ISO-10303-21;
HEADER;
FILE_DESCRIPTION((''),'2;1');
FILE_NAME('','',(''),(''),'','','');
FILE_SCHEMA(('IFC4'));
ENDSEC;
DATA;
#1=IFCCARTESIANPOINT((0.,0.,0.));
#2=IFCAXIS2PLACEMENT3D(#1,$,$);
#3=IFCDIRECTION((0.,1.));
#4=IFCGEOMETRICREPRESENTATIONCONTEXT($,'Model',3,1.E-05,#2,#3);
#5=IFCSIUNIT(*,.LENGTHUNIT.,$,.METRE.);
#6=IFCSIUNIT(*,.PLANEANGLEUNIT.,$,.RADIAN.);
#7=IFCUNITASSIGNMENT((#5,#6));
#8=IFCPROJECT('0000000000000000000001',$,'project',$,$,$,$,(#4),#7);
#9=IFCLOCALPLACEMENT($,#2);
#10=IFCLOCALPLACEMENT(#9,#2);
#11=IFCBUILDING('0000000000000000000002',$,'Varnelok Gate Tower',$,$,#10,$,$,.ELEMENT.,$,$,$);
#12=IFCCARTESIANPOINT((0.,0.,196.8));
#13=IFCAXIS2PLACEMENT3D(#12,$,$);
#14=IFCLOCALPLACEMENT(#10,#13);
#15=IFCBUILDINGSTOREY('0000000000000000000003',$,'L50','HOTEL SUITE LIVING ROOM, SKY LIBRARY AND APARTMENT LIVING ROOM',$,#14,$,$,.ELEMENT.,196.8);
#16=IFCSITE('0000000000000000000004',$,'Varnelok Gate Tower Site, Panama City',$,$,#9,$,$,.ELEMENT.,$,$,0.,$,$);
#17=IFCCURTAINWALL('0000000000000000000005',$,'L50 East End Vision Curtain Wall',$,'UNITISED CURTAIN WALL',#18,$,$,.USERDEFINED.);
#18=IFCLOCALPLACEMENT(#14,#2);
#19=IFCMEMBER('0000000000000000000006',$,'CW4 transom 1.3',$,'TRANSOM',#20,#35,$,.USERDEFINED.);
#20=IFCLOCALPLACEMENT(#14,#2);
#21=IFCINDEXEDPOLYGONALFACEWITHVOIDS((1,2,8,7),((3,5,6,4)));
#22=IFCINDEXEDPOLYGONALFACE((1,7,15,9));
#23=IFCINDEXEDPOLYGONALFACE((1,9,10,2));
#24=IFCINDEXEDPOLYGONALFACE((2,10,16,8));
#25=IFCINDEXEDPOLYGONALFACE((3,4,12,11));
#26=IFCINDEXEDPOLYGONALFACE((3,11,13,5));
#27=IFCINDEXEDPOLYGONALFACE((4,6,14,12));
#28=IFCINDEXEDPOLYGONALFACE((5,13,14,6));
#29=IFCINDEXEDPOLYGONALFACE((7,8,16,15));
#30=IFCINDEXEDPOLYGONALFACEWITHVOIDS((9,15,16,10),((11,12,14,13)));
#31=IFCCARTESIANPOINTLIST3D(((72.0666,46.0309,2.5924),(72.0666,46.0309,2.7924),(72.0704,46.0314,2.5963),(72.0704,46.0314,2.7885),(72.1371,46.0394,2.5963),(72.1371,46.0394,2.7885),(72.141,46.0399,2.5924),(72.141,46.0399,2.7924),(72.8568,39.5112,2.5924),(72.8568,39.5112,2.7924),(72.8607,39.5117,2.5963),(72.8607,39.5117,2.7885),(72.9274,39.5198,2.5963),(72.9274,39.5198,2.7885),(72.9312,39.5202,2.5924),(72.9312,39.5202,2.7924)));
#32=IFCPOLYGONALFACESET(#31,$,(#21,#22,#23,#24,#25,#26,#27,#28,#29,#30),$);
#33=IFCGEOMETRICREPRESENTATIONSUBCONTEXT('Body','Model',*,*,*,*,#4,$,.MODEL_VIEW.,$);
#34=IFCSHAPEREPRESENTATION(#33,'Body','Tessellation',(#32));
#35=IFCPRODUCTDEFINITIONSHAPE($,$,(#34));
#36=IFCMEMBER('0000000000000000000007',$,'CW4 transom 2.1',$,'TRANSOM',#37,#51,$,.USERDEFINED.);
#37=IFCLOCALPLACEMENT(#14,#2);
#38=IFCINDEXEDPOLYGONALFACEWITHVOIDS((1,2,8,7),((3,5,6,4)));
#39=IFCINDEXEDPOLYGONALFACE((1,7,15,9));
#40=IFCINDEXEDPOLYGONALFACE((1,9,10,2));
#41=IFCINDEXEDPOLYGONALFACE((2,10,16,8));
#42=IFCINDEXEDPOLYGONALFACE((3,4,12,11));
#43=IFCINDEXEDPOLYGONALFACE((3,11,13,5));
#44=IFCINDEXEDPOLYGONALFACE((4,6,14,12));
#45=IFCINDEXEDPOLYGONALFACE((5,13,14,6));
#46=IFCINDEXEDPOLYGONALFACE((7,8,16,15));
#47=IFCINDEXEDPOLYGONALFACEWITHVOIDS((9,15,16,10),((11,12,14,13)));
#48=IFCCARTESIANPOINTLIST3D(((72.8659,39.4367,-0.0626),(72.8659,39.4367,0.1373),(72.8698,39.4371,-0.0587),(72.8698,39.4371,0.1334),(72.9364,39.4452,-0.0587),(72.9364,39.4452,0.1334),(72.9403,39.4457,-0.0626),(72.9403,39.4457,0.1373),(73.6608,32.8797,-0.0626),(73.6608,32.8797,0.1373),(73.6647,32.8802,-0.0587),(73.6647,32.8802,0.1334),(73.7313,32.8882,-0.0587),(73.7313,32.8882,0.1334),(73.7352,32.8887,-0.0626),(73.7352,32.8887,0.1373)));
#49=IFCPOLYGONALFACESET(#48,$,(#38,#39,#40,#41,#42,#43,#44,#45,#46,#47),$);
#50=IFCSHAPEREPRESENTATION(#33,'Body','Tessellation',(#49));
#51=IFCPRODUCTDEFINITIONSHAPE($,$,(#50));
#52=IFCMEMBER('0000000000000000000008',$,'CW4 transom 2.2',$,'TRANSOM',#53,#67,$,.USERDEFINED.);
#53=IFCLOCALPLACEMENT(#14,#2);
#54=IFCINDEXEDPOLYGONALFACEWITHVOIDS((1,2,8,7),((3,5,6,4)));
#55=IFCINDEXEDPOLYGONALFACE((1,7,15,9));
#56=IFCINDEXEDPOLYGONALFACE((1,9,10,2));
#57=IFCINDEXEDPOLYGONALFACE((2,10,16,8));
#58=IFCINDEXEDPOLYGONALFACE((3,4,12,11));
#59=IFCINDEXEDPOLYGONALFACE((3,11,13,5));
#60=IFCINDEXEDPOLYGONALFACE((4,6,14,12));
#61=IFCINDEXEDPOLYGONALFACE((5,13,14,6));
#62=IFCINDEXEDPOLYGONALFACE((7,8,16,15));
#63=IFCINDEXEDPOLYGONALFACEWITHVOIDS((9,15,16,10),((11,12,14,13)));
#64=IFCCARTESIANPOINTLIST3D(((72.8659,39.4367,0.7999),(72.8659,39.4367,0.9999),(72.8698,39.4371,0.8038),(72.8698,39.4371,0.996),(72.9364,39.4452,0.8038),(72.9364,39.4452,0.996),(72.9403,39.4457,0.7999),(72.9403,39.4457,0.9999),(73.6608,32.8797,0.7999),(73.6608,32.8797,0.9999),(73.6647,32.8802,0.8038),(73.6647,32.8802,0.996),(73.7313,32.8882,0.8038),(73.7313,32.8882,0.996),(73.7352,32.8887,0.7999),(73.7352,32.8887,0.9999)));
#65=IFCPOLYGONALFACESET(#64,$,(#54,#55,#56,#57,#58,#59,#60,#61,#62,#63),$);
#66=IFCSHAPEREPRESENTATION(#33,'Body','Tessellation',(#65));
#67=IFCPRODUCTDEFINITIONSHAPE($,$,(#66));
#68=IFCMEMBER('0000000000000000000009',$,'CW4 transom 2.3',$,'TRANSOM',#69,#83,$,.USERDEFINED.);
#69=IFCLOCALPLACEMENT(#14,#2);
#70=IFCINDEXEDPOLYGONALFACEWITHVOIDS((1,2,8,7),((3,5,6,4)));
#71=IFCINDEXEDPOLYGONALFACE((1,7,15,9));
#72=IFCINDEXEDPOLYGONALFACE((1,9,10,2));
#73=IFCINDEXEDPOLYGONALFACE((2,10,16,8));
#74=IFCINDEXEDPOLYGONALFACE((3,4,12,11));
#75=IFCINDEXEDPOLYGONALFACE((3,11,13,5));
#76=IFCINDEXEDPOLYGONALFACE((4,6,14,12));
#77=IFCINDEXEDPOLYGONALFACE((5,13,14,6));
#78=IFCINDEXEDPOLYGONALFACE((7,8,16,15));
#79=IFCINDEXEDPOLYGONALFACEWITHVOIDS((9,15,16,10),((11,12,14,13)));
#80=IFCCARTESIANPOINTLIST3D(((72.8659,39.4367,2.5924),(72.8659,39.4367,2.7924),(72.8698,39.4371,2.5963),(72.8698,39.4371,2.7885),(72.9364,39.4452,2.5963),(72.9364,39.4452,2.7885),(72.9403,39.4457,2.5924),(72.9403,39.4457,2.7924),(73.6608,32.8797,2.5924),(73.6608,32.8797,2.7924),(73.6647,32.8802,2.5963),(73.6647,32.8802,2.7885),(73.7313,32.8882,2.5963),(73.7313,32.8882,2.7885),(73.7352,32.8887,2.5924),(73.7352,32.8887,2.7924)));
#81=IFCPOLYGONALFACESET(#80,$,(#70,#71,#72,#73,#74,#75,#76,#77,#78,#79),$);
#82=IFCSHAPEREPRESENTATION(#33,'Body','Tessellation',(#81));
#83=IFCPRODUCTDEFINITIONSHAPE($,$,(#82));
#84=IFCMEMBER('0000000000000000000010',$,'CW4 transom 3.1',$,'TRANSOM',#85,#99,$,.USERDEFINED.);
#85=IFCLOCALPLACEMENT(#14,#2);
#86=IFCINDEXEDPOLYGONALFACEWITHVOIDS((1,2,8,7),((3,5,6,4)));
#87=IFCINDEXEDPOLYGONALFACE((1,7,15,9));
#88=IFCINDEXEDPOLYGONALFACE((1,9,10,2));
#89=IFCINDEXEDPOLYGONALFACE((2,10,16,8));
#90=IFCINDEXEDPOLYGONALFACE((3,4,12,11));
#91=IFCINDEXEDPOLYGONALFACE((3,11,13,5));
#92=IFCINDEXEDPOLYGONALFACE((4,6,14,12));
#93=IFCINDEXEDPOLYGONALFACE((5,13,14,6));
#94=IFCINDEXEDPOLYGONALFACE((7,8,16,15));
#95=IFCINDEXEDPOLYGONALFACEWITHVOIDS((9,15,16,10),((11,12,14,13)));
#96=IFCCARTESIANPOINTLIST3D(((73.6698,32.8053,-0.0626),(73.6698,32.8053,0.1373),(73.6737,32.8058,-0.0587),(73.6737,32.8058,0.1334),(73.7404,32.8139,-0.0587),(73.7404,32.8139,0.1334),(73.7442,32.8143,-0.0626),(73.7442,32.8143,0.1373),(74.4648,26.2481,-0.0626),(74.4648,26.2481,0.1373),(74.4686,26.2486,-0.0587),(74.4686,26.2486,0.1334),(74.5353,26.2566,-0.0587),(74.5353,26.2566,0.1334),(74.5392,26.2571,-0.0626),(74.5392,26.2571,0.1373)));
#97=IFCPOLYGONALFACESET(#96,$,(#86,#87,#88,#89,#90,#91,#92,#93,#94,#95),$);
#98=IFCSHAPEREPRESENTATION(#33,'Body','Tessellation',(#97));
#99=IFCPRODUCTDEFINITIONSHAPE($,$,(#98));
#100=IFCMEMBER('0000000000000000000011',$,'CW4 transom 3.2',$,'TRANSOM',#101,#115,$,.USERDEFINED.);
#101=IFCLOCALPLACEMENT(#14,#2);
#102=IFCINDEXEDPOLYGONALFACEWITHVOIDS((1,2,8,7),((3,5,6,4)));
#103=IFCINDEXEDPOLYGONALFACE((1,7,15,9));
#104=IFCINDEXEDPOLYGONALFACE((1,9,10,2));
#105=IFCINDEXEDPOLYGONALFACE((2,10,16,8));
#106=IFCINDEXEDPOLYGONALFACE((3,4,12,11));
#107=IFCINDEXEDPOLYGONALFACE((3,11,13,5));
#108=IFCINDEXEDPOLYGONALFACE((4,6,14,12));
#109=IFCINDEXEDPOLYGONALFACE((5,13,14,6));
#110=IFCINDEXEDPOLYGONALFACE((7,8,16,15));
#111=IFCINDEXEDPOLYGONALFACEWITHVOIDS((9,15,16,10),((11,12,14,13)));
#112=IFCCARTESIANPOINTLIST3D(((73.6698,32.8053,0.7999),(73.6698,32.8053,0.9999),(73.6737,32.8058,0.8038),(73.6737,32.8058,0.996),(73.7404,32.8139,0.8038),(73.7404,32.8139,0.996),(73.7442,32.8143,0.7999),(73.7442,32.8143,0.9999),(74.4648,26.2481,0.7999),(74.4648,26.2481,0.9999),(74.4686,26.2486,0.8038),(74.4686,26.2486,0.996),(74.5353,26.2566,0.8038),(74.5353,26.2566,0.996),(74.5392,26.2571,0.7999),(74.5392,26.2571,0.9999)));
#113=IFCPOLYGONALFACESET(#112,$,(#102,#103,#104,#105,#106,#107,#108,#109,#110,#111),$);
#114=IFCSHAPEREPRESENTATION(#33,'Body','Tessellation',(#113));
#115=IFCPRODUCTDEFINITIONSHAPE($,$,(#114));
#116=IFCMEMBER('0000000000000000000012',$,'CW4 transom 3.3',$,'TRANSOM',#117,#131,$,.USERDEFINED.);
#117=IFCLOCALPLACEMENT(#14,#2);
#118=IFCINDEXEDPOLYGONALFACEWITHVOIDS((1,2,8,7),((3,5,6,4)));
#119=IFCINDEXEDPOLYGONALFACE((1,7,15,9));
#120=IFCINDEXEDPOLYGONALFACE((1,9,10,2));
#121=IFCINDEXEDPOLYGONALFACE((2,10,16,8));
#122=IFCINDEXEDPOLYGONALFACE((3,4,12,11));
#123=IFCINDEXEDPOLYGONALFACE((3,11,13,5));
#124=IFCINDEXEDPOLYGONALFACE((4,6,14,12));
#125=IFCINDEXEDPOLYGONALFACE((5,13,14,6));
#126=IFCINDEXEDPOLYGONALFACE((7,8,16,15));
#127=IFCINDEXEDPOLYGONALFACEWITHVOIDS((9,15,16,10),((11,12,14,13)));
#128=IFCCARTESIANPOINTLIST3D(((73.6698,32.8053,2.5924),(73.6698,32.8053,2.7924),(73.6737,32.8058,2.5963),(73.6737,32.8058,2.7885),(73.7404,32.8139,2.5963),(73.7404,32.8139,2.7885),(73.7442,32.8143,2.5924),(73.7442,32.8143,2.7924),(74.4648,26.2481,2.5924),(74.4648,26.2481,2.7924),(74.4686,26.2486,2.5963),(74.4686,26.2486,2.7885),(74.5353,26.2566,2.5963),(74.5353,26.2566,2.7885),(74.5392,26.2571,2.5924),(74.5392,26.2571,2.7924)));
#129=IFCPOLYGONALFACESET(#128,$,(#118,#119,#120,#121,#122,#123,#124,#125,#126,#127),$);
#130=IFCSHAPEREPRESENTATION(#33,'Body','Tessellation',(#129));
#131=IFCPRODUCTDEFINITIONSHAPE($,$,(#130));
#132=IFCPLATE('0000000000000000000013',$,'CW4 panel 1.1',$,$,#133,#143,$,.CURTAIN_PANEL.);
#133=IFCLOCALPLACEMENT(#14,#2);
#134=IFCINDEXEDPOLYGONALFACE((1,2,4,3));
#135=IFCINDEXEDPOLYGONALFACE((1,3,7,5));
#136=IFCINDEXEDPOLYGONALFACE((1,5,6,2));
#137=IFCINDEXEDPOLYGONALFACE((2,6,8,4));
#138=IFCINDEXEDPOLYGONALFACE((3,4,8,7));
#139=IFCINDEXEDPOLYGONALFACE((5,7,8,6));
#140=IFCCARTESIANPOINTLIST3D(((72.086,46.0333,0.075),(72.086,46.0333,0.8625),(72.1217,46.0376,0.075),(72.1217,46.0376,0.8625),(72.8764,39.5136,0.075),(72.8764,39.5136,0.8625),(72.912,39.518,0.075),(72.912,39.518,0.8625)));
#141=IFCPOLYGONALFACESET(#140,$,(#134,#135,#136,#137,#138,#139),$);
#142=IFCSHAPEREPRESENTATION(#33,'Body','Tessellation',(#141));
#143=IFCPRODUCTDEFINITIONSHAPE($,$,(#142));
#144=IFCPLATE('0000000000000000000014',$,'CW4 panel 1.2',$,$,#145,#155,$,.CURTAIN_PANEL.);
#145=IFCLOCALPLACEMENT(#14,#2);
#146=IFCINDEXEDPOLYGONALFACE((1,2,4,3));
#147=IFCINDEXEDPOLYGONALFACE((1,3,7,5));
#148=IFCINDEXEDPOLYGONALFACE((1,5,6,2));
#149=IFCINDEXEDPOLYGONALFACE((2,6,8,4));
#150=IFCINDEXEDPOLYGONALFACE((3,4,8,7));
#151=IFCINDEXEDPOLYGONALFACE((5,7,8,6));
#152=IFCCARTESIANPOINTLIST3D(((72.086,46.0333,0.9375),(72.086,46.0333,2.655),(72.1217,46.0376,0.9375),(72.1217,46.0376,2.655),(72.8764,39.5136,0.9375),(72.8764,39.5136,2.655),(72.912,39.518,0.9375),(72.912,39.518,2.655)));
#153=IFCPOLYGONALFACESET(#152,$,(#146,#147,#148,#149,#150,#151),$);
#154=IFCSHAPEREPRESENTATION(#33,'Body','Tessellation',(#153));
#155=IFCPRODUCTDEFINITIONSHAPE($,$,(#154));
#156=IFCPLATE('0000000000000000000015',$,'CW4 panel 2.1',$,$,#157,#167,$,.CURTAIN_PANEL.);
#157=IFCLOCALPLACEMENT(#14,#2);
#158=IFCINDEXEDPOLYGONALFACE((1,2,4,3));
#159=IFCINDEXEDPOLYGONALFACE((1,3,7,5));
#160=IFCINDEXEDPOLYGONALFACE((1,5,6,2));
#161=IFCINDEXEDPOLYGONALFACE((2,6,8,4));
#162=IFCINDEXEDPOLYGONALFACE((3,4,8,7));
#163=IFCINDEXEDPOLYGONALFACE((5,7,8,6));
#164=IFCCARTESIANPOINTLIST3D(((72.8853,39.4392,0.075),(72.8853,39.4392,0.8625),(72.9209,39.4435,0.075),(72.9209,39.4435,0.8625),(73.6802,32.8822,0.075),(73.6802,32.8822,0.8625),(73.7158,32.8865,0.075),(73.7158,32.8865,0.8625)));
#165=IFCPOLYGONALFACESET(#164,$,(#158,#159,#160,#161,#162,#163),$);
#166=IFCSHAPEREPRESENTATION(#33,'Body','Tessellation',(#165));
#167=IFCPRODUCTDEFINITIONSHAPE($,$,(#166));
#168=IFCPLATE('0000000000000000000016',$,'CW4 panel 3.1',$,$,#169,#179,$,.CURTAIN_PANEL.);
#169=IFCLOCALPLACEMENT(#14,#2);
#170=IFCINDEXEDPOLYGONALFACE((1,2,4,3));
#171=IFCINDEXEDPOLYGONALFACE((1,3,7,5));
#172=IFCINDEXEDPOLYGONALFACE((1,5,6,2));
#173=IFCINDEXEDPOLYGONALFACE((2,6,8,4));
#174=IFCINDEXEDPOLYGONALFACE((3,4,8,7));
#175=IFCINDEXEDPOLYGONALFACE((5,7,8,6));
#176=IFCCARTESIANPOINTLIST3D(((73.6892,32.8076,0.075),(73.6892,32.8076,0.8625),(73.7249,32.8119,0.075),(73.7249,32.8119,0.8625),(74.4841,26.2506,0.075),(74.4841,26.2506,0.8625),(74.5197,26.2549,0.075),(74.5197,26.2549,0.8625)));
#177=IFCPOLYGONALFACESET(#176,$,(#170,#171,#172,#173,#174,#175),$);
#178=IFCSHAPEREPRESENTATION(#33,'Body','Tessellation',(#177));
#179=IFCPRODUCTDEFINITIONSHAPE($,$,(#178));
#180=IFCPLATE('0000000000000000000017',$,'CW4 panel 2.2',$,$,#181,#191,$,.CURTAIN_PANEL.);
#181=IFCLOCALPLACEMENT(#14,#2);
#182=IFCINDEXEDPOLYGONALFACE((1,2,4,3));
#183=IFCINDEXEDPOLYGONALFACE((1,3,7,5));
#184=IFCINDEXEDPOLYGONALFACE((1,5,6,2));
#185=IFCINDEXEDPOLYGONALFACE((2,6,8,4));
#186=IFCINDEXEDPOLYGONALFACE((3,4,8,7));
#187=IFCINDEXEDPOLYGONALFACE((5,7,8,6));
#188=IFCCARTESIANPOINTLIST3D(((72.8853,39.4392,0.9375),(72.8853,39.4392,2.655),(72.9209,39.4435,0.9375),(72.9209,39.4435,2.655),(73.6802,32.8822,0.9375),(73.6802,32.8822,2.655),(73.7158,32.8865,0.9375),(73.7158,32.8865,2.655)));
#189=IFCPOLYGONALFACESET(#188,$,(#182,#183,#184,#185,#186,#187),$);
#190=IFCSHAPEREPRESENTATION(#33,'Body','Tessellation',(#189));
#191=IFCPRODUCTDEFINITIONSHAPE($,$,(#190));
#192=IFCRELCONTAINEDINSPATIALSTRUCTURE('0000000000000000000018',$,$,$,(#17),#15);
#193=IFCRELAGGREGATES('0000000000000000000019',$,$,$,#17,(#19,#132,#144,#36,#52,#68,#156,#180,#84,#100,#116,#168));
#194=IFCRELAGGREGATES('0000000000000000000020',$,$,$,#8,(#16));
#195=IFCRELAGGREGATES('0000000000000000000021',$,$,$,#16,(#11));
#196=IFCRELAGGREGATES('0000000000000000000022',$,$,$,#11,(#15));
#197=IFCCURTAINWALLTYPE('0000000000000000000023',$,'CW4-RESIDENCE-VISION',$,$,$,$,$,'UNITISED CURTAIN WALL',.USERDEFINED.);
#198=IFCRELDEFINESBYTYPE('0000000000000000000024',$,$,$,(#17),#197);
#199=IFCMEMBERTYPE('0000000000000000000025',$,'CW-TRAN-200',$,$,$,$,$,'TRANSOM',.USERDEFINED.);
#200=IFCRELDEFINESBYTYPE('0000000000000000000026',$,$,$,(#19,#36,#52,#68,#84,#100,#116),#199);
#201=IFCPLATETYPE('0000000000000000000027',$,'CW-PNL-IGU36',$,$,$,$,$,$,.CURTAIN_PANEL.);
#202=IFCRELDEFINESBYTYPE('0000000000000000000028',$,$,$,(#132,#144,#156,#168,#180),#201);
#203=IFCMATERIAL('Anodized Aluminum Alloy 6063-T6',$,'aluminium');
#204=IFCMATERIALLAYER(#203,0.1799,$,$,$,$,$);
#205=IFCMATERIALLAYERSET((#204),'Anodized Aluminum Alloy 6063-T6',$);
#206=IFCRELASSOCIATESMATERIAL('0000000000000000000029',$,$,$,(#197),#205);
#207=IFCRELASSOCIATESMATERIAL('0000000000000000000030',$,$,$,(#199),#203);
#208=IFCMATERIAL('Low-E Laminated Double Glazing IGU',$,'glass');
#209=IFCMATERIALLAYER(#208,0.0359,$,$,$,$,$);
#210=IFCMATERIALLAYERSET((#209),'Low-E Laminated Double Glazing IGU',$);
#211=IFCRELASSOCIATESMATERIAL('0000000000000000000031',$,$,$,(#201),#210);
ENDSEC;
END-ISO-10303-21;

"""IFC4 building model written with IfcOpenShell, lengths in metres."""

from ifc_helpers import new_model, si_unit, direction, frame, origin, origin_2d, place, context, subcontext, project, spatial, rectangle, hollow_rectangle, extrude, source, transform, mapped, material, layer, layer_set, material_profile, profile_set, type_object, element, aggregate, save


model = new_model("IFC4")

# Units and contexts
model_context = context("Model", 3, precision=1e-05, world=origin(), true_north=direction((0.0, 1.0)))
body_context = subcontext(model_context, "Body", "Model", "MODEL_VIEW")
ifc_project = project(units=[si_unit("LENGTHUNIT", "METRE"), si_unit("PLANEANGLEUNIT", "RADIAN")], contexts=[model_context])

# Site, building, storey
site_placement = place(None, origin())
site = spatial("IfcSite", under=ifc_project, at=site_placement, Name="Varnelok Gate Tower Site, Panama City", CompositionType="ELEMENT", RefElevation=0.0)
building_placement = place(site_placement, origin())
building = spatial("IfcBuilding", under=site, at=building_placement, Name="Varnelok Gate Tower", CompositionType="ELEMENT")
storey_placement = place(building_placement, frame((0.0, 0.0, 196.8)))
storey = spatial("IfcBuildingStorey", under=building, at=storey_placement, Name="L50", Description="HOTEL SUITE LIVING ROOM, SKY LIBRARY AND APARTMENT LIVING ROOM", CompositionType="ELEMENT", Elevation=196.8)

# Curtain wall, members, plates
ifc_material_1 = material(Name="Anodized Aluminum Alloy 6063-T6", Category="aluminium")
ifc_layer_1 = layer(ifc_material_1, 0.1799)
ifc_layer_set_1 = layer_set([ifc_layer_1], Name="Anodized Aluminum Alloy 6063-T6")
curtain_wall_type = type_object("IfcCurtainWallType", Name="CW4-RESIDENCE-VISION", ElementType="UNITISED CURTAIN WALL", PredefinedType="USERDEFINED", material=ifc_layer_set_1)
curtain_wall_placement = place(storey_placement, origin())
curtain_wall = element("IfcCurtainWall", 1, at=curtain_wall_placement, inside=storey, type_object=curtain_wall_type, Name="L50 East End Vision Curtain Wall", ObjectType="UNITISED CURTAIN WALL", PredefinedType="USERDEFINED")
ifc_material_profile_1 = material_profile(ifc_material_1, hollow_rectangle(XDim=0.075, YDim=0.2, WallThickness=0.0039, at=origin_2d()), Name="ALU200X75X4")
ifc_profile_set_1 = profile_set([ifc_material_profile_1], Name="Anodized Aluminum Alloy 6063-T6")
member_type_1 = type_object("IfcMemberType", Name="CW-TRAN-200", ElementType="TRANSOM", PredefinedType="USERDEFINED", material=ifc_profile_set_1)
member_1_placement = place(storey_placement, frame((72.1038, 46.0354, 2.6924), z_axis=(0.120332, -0.992734, 0.0), x_axis=(0.992734, 0.120332, 0.0)))
member_1 = element("IfcMember", 2, at=member_1_placement, type_object=member_type_1, Name="CW4 transom 1.3", ObjectType="TRANSOM", PredefinedType="USERDEFINED", context=body_context, shape_type="SweptSolid", body=[
    extrude(hollow_rectangle(XDim=0.075, YDim=0.2, WallThickness=0.0039, at=origin_2d()), origin(), (0.0, 0.0, 1.0), 6.5674),
])
member_2_placement = place(storey_placement, frame((72.9031, 39.4412, 0.0374), z_axis=(0.120353, -0.992731, 0.0), x_axis=(0.992731, 0.120353, 0.0)))
member_2 = element("IfcMember", 3, at=member_2_placement, type_object=member_type_1, Name="CW4 transom 2.1", ObjectType="TRANSOM", PredefinedType="USERDEFINED", context=body_context, shape_type="SweptSolid", body=[
    extrude(hollow_rectangle(XDim=0.075, YDim=0.2, WallThickness=0.0039, at=origin_2d()), origin(), (0.0, 0.0, 1.0), 6.605),
])
member_3_placement = place(storey_placement, frame((72.9031, 39.4412, 0.8999), z_axis=(0.120353, -0.992731, 0.0), x_axis=(0.992731, 0.120353, 0.0)))
member_3 = element("IfcMember", 4, at=member_3_placement, type_object=member_type_1, Name="CW4 transom 2.2", ObjectType="TRANSOM", PredefinedType="USERDEFINED", context=body_context, shape_type="SweptSolid", body=[
    extrude(hollow_rectangle(XDim=0.075, YDim=0.2, WallThickness=0.0039, at=origin_2d()), origin(), (0.0, 0.0, 1.0), 6.605),
])
member_4_placement = place(storey_placement, frame((72.9031, 39.4412, 2.6924), z_axis=(0.120353, -0.992731, 0.0), x_axis=(0.992731, 0.120353, 0.0)))
member_4 = element("IfcMember", 5, at=member_4_placement, type_object=member_type_1, Name="CW4 transom 2.3", ObjectType="TRANSOM", PredefinedType="USERDEFINED", context=body_context, shape_type="SweptSolid", body=[
    extrude(hollow_rectangle(XDim=0.075, YDim=0.2, WallThickness=0.0039, at=origin_2d()), origin(), (0.0, 0.0, 1.0), 6.605),
])
member_5_placement = place(storey_placement, frame((73.707, 32.8098, 0.0374), z_axis=(0.120349, -0.992732, 0.0), x_axis=(0.992732, 0.120349, 0.0)))
member_5 = element("IfcMember", 6, at=member_5_placement, type_object=member_type_1, Name="CW4 transom 3.1", ObjectType="TRANSOM", PredefinedType="USERDEFINED", context=body_context, shape_type="SweptSolid", body=[
    extrude(hollow_rectangle(XDim=0.075, YDim=0.2, WallThickness=0.0039, at=origin_2d()), origin(), (0.0, 0.0, 1.0), 6.6052),
])
member_6_placement = place(storey_placement, frame((73.707, 32.8098, 0.8999), z_axis=(0.120349, -0.992732, 0.0), x_axis=(0.992732, 0.120349, 0.0)))
member_6 = element("IfcMember", 7, at=member_6_placement, type_object=member_type_1, Name="CW4 transom 3.2", ObjectType="TRANSOM", PredefinedType="USERDEFINED", context=body_context, shape_type="SweptSolid", body=[
    extrude(hollow_rectangle(XDim=0.075, YDim=0.2, WallThickness=0.0039, at=origin_2d()), origin(), (0.0, 0.0, 1.0), 6.6052),
])
member_7_placement = place(storey_placement, frame((73.707, 32.8098, 2.6924), z_axis=(0.120349, -0.992732, 0.0), x_axis=(0.992732, 0.120349, 0.0)))
member_7 = element("IfcMember", 8, at=member_7_placement, type_object=member_type_1, Name="CW4 transom 3.3", ObjectType="TRANSOM", PredefinedType="USERDEFINED", context=body_context, shape_type="SweptSolid", body=[
    extrude(hollow_rectangle(XDim=0.075, YDim=0.2, WallThickness=0.0039, at=origin_2d()), origin(), (0.0, 0.0, 1.0), 6.6052),
])
ifc_material_2 = material(Name="Low-E Laminated Double Glazing IGU", Category="glass")
ifc_layer_2 = layer(ifc_material_2, 0.0359)
ifc_layer_set_2 = layer_set([ifc_layer_2], Name="Low-E Laminated Double Glazing IGU")
plate_type = type_object("IfcPlateType", Name="CW-PNL-IGU36", PredefinedType="CURTAIN_PANEL", material=ifc_layer_set_2)
shared_shape_1 = source(origin(), body_context, "Body", "SweptSolid", [
    extrude(rectangle(XDim=6.5674, YDim=0.0359, at=origin_2d()), origin(), (0.0, 0.0, 1.0), 0.7876),
])
plate_1_placement = place(storey_placement, frame((72.499, 42.7756, 0.075), z_axis=(0.0, 0.0, 1.0), x_axis=(0.120345, -0.992732, 0.0)))
plate_1 = element("IfcPlate", 9, at=plate_1_placement, type_object=plate_type, Name="CW4 panel 1.1", PredefinedType="CURTAIN_PANEL", context=body_context, shape_type="MappedRepresentation", body=[
    mapped(shared_shape_1, transform((0.0, 0.0, 0.0), scale=1.0)),
])
shared_shape_2 = source(origin(), body_context, "Body", "SweptSolid", [
    extrude(rectangle(XDim=6.5674, YDim=0.0359, at=origin_2d()), origin(), (0.0, 0.0, 1.0), 1.7175),
])
plate_2_placement = place(storey_placement, frame((72.499, 42.7756, 0.9375), z_axis=(0.0, 0.0, 1.0), x_axis=(0.120345, -0.992732, 0.0)))
plate_2 = element("IfcPlate", 10, at=plate_2_placement, type_object=plate_type, Name="CW4 panel 1.2", PredefinedType="CURTAIN_PANEL", context=body_context, shape_type="MappedRepresentation", body=[
    mapped(shared_shape_2, transform((0.0, 0.0, 0.0), scale=1.0)),
])
shared_shape_3 = source(origin(), body_context, "Body", "SweptSolid", [
    extrude(rectangle(XDim=6.605, YDim=0.0359, at=origin_2d()), origin(), (0.0, 0.0, 1.0), 0.7876),
])
plate_3_placement = place(storey_placement, frame((73.3005, 36.1628, 0.075), z_axis=(0.0, 0.0, 1.0), x_axis=(0.120345, -0.992732, 0.0)))
plate_3 = element("IfcPlate", 11, at=plate_3_placement, type_object=plate_type, Name="CW4 panel 2.1", PredefinedType="CURTAIN_PANEL", context=body_context, shape_type="MappedRepresentation", body=[
    mapped(shared_shape_3, transform((0.0, 0.0, 0.0), scale=1.0)),
])
plate_4_placement = place(storey_placement, frame((74.1045, 29.5312, 0.075), z_axis=(0.0, 0.0, 1.0), x_axis=(0.120345, -0.992732, 0.0)))
plate_4 = element("IfcPlate", 12, at=plate_4_placement, type_object=plate_type, Name="CW4 panel 3.1", PredefinedType="CURTAIN_PANEL", context=body_context, shape_type="MappedRepresentation", body=[
    mapped(shared_shape_3, transform((0.0, 0.0, 0.0), scale=1.0)),
])
shared_shape_4 = source(origin(), body_context, "Body", "SweptSolid", [
    extrude(rectangle(XDim=6.605, YDim=0.0359, at=origin_2d()), origin(), (0.0, 0.0, 1.0), 1.7175),
])
plate_5_placement = place(storey_placement, frame((73.3005, 36.1628, 0.9375), z_axis=(0.0, 0.0, 1.0), x_axis=(0.120345, -0.992732, 0.0)))
plate_5 = element("IfcPlate", 13, at=plate_5_placement, type_object=plate_type, Name="CW4 panel 2.2", PredefinedType="CURTAIN_PANEL", context=body_context, shape_type="MappedRepresentation", body=[
    mapped(shared_shape_4, transform((0.0, 0.0, 0.0), scale=1.0)),
])
aggregate(curtain_wall, [member_1, plate_1, plate_2, member_2, member_3, member_4, plate_3, plate_5, member_5, member_6, member_7, plate_4])

save(model, "model.ifc")
